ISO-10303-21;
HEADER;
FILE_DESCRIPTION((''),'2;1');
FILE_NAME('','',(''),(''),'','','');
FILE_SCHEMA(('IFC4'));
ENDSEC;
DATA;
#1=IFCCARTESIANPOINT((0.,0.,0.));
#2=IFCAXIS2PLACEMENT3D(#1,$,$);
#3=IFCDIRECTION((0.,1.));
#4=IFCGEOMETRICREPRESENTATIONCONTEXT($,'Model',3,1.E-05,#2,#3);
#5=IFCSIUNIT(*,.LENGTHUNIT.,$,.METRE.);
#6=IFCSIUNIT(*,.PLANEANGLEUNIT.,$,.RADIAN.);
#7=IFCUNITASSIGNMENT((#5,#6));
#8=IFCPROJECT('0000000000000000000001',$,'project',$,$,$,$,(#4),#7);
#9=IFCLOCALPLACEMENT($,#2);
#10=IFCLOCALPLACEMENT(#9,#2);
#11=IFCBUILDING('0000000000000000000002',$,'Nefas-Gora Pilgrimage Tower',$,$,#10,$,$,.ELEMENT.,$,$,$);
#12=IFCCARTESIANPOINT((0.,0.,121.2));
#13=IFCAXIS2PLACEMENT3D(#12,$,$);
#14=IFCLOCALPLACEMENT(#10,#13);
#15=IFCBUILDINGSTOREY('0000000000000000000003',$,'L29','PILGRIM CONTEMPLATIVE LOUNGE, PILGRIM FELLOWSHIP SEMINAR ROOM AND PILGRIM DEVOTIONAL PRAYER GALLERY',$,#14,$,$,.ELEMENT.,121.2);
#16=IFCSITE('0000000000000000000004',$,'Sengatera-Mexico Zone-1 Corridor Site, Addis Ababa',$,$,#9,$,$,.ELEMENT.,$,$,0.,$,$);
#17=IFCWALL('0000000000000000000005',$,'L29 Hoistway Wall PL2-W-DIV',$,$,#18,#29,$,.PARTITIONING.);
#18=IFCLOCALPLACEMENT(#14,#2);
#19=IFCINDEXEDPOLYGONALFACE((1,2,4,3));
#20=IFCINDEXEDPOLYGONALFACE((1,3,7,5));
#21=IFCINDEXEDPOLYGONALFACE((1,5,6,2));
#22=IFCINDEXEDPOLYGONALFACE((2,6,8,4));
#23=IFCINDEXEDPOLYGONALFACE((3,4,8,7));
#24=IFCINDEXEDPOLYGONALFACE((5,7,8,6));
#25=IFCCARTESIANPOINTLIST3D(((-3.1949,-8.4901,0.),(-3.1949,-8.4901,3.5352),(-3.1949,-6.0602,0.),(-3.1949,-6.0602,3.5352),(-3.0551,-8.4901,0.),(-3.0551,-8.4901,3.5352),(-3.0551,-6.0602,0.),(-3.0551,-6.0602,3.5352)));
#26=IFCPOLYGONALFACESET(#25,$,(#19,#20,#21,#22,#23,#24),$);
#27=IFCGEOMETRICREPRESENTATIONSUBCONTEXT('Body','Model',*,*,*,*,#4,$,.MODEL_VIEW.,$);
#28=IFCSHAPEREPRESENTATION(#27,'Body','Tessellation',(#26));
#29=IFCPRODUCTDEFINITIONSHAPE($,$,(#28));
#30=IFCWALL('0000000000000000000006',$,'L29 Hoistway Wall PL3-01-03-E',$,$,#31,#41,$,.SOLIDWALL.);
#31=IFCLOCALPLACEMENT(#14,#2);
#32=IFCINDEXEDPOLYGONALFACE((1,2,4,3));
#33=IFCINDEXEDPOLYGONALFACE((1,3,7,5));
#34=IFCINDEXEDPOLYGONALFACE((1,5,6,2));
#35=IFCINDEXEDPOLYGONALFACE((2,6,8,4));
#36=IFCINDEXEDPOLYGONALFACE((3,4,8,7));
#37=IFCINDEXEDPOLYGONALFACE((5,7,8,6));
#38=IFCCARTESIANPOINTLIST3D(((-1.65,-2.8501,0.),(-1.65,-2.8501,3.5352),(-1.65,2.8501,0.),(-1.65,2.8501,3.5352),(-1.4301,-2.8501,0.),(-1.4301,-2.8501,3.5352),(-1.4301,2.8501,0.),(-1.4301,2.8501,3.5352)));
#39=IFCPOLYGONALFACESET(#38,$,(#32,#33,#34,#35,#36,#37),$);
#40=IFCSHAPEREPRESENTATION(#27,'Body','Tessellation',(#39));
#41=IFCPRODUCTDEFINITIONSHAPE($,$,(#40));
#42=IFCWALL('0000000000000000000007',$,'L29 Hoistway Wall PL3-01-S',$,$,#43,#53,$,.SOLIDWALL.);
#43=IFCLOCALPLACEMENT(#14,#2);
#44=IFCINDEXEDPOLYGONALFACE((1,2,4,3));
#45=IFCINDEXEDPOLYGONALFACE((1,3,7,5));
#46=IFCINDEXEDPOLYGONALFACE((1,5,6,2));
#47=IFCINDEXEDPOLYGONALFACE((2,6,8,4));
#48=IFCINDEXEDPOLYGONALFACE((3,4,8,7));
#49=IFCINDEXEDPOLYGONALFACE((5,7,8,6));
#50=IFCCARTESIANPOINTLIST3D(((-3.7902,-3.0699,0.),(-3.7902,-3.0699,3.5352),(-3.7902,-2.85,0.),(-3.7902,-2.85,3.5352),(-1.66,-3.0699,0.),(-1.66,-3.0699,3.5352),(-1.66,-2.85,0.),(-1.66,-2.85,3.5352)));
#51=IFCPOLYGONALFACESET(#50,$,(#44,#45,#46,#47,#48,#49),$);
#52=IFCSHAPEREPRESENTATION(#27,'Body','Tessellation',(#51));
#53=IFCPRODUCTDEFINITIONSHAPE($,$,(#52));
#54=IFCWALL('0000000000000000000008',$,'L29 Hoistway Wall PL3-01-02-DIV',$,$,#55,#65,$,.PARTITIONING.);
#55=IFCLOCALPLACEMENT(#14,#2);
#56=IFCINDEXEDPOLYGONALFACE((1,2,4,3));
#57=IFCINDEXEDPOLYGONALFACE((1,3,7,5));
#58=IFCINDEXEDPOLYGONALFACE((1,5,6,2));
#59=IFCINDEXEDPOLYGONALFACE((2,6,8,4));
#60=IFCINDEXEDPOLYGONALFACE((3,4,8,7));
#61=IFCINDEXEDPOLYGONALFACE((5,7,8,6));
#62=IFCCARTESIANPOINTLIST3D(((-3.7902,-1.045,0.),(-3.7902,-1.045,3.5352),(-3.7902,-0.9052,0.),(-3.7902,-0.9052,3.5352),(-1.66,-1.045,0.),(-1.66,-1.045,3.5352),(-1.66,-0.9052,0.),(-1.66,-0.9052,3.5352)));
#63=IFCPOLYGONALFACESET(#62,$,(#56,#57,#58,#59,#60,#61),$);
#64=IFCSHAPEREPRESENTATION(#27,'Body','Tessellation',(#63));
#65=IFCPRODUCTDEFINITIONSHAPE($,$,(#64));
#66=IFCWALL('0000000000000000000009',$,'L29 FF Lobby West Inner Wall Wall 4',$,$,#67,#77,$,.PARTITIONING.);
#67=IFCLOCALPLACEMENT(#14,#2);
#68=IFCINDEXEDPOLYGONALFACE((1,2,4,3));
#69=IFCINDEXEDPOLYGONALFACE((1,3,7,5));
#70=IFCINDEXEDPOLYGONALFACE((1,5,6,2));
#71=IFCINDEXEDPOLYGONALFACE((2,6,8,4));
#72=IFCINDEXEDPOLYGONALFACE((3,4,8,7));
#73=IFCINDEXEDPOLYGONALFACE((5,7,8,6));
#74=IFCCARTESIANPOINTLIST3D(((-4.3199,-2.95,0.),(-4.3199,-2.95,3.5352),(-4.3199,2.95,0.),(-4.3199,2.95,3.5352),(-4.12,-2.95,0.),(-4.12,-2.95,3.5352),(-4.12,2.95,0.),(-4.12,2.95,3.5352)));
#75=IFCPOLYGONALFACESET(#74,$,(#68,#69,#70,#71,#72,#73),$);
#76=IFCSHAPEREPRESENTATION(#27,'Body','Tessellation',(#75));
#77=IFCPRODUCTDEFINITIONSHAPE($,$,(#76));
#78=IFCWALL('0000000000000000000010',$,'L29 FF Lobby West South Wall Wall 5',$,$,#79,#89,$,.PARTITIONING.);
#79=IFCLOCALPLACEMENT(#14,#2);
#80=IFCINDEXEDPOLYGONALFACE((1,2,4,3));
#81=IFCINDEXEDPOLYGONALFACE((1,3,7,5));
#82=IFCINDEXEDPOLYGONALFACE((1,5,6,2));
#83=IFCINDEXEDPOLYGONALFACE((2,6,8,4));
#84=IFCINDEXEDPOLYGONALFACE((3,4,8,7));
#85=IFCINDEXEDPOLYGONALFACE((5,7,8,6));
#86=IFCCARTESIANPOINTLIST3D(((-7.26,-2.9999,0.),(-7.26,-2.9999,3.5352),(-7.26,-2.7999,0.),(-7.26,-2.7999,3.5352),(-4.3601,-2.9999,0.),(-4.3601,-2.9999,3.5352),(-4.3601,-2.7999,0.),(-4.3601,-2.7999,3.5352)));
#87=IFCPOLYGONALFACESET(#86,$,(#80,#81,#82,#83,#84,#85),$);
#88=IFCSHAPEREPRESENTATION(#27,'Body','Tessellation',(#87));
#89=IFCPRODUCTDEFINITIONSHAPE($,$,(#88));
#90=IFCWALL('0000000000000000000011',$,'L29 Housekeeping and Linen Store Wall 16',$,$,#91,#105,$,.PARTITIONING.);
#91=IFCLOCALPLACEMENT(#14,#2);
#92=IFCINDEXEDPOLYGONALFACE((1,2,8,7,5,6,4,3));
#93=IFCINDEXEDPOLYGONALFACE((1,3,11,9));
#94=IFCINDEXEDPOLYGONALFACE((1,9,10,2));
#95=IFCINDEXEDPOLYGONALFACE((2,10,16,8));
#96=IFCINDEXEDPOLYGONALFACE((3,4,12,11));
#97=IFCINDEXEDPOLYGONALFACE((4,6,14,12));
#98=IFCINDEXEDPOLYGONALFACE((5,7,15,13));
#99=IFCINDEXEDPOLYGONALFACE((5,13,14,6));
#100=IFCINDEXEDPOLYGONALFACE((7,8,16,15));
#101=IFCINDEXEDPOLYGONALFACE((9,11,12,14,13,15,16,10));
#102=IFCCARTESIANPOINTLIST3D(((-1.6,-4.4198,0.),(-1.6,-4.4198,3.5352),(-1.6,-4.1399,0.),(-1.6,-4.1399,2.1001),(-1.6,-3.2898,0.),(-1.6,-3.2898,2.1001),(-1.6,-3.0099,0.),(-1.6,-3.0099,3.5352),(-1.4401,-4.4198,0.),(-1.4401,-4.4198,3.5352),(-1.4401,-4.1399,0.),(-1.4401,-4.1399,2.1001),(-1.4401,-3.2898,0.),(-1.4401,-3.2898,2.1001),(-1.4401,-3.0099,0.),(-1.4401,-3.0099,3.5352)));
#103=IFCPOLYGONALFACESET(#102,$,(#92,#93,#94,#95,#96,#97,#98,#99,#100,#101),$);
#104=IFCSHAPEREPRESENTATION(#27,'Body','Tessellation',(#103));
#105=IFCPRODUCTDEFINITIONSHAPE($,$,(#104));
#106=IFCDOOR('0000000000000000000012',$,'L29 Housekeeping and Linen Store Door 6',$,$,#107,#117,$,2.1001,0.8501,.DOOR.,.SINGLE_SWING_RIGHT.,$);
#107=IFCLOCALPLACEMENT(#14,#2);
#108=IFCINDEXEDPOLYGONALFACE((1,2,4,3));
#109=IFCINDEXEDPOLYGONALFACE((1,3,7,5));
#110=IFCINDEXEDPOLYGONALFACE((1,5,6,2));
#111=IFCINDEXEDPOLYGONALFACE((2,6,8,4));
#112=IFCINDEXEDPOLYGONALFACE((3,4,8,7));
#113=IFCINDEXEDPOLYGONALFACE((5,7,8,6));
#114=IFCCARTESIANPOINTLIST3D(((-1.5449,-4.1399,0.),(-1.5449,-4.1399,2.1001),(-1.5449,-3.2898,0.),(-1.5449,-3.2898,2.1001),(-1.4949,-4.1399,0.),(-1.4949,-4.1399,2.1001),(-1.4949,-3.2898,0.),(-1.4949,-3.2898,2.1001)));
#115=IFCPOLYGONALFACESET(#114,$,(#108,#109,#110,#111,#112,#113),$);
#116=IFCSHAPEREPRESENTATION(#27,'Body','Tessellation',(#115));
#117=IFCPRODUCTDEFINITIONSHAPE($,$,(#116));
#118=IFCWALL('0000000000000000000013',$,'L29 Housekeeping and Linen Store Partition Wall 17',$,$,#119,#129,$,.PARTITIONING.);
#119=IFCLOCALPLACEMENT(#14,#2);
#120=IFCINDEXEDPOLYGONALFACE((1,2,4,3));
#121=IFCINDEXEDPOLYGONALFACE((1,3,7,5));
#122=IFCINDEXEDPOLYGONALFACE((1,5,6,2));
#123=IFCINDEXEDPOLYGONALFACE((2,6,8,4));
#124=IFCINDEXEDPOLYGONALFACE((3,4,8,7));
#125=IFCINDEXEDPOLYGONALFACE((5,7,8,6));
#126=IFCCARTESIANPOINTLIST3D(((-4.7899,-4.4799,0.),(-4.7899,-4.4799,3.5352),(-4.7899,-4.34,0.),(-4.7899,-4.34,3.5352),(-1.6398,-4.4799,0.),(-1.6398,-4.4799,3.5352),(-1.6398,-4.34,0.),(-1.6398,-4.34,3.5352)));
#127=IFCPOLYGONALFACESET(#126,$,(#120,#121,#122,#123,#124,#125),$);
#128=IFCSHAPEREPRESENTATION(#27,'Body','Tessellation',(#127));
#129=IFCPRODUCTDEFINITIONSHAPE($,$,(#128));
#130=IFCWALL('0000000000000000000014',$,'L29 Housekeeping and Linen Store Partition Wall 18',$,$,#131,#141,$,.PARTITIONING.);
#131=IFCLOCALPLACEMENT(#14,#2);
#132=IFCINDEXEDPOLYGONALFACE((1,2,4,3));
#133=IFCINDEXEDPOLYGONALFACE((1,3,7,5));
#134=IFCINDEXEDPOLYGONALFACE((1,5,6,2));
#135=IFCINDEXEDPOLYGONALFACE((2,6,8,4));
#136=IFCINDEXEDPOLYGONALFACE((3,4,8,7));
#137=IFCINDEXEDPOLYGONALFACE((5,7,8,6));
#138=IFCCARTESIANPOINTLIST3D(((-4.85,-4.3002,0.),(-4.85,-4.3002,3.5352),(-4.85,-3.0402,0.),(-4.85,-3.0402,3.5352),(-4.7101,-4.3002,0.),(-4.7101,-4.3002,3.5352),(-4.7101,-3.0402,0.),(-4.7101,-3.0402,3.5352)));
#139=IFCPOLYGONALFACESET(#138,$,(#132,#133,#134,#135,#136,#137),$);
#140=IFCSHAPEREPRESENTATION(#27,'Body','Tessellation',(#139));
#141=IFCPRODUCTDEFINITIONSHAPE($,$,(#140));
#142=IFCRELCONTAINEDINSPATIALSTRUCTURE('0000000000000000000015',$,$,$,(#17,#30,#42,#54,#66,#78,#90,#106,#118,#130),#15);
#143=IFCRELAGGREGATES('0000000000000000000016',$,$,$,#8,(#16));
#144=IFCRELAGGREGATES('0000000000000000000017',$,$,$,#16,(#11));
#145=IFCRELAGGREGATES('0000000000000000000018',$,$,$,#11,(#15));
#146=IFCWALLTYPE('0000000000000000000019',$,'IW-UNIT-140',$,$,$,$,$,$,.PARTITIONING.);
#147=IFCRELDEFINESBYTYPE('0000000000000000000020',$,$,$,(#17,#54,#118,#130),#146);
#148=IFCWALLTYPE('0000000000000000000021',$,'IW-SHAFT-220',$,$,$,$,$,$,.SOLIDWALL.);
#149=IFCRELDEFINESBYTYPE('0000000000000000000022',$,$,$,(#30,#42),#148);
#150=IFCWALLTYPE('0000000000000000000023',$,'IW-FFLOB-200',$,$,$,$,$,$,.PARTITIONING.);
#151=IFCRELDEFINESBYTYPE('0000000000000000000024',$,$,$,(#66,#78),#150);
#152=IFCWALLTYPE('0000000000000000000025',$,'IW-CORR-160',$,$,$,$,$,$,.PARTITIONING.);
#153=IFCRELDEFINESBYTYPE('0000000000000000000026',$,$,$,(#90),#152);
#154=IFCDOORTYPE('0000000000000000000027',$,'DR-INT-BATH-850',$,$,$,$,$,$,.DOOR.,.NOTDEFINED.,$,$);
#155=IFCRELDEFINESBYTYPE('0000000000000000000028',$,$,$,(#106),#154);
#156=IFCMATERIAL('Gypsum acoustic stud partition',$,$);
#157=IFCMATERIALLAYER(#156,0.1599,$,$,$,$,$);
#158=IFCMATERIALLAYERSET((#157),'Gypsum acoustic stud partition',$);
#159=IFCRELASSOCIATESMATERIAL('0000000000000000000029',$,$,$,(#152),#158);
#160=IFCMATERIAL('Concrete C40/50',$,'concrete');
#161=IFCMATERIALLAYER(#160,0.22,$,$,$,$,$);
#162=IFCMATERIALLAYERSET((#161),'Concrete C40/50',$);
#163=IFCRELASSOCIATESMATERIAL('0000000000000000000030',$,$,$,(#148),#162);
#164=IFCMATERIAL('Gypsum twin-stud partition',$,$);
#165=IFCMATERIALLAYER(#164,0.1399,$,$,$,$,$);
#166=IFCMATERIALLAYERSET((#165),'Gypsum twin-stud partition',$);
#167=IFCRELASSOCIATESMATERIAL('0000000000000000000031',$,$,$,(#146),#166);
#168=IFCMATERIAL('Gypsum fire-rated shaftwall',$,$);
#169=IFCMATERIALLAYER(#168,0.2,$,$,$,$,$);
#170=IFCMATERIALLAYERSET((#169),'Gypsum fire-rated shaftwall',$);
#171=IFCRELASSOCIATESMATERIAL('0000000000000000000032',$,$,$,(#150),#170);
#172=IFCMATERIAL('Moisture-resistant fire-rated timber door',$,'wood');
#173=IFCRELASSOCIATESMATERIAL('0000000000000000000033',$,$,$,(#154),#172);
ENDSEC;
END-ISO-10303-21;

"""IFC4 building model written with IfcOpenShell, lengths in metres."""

from ifc_helpers import new_model, si_unit, direction, frame, frame_2d, origin, place, context, subcontext, project, spatial, rectangle, extrude, source, transform, mapped, material, layer, layer_set, type_object, element, fill, save


model = new_model("IFC4")

# Units and contexts
model_context = context("Model", 3, precision=1e-05, world=origin(), true_north=direction((0.0, 1.0)))
body_context = subcontext(model_context, "Body", "Model", "MODEL_VIEW")
ifc_project = project(units=[si_unit("LENGTHUNIT", "METRE"), si_unit("PLANEANGLEUNIT", "RADIAN")], contexts=[model_context])

# Site, building, storey
site_placement = place(None, origin())
site = spatial("IfcSite", under=ifc_project, at=site_placement, Name="Sengatera-Mexico Zone-1 Corridor Site, Addis Ababa", CompositionType="ELEMENT", RefElevation=0.0)
building_placement = place(site_placement, origin())
building = spatial("IfcBuilding", under=site, at=building_placement, Name="Nefas-Gora Pilgrimage Tower", CompositionType="ELEMENT")
storey_placement = place(building_placement, frame((0.0, 0.0, 121.2)))
storey = spatial("IfcBuildingStorey", under=building, at=storey_placement, Name="L29", Description="PILGRIM CONTEMPLATIVE LOUNGE, PILGRIM FELLOWSHIP SEMINAR ROOM AND PILGRIM DEVOTIONAL PRAYER GALLERY", CompositionType="ELEMENT", Elevation=121.2)

# Walls
ifc_material_1 = material(Name="Gypsum acoustic stud partition")
ifc_layer_1 = layer(ifc_material_1, 0.1599)
ifc_layer_set_1 = layer_set([ifc_layer_1], Name="Gypsum acoustic stud partition")
wall_type_1 = type_object("IfcWallType", Name="IW-CORR-160", PredefinedType="PARTITIONING", material=ifc_layer_set_1)
ifc_material_2 = material(Name="Concrete C40/50", Category="concrete")
ifc_layer_2 = layer(ifc_material_2, 0.22)
ifc_layer_set_2 = layer_set([ifc_layer_2], Name="Concrete C40/50")
wall_type_2 = type_object("IfcWallType", Name="IW-SHAFT-220", PredefinedType="SOLIDWALL", material=ifc_layer_set_2)
ifc_material_3 = material(Name="Gypsum twin-stud partition")
ifc_layer_3 = layer(ifc_material_3, 0.1399)
ifc_layer_set_3 = layer_set([ifc_layer_3], Name="Gypsum twin-stud partition")
wall_type_3 = type_object("IfcWallType", Name="IW-UNIT-140", PredefinedType="PARTITIONING", material=ifc_layer_set_3)
shared_shape_1 = source(origin(), body_context, "Body", "SweptSolid", [
    extrude(rectangle(XDim=2.4299, YDim=0.1399, at=frame_2d((1.2148, 0.0))), origin(), (0.0, 0.0, 1.0), 3.5352),
])
wall_1_placement = place(storey_placement, frame((-3.125, -8.49, 0.0), z_axis=(0.0, 0.0, 1.0), x_axis=(0.0, 1.0, 0.0)))
element("IfcWall", 1, at=wall_1_placement, inside=storey, type_object=wall_type_3, Name="L29 Hoistway Wall PL2-W-DIV", PredefinedType="PARTITIONING", context=body_context, shape_type="MappedRepresentation", body=[
    mapped(shared_shape_1, transform((0.0, 0.0, 0.0), x_axis=(1.0, 0.0, 0.0), y_axis=(0.0, 1.0, 0.0), z_axis=(0.0, 0.0, 1.0), scale=1.0)),
])
shared_shape_2 = source(origin(), body_context, "Body", "SweptSolid", [
    extrude(rectangle(XDim=5.7002, YDim=0.22, at=frame_2d((2.8501, 0.0))), origin(), (0.0, 0.0, 1.0), 3.5352),
])
wall_2_placement = place(storey_placement, frame((-1.54, -2.8501, 0.0), z_axis=(0.0, 0.0, 1.0), x_axis=(0.0, 1.0, 0.0)))
element("IfcWall", 2, at=wall_2_placement, inside=storey, type_object=wall_type_2, Name="L29 Hoistway Wall PL3-01-03-E", PredefinedType="SOLIDWALL", context=body_context, shape_type="MappedRepresentation", body=[
    mapped(shared_shape_2, transform((0.0, 0.0, 0.0), x_axis=(1.0, 0.0, 0.0), y_axis=(0.0, 1.0, 0.0), z_axis=(0.0, 0.0, 1.0), scale=1.0)),
])
shared_shape_3 = source(origin(), body_context, "Body", "SweptSolid", [
    extrude(rectangle(XDim=2.1301, YDim=0.22, at=frame_2d((1.0649, 0.0))), origin(), (0.0, 0.0, 1.0), 3.5352),
])
wall_3_placement = place(storey_placement, frame((-3.79, -2.96, 0.0), z_axis=(0.0, 0.0, 1.0), x_axis=(1.0, 0.0, 0.0)))
element("IfcWall", 3, at=wall_3_placement, inside=storey, type_object=wall_type_2, Name="L29 Hoistway Wall PL3-01-S", PredefinedType="SOLIDWALL", context=body_context, shape_type="MappedRepresentation", body=[
    mapped(shared_shape_3, transform((0.0, 0.0, 0.0), x_axis=(1.0, 0.0, 0.0), y_axis=(0.0, 1.0, 0.0), z_axis=(0.0, 0.0, 1.0), scale=1.0)),
])
shared_shape_4 = source(origin(), body_context, "Body", "SweptSolid", [
    extrude(rectangle(XDim=2.1301, YDim=0.1399, at=frame_2d((1.0649, 0.0))), origin(), (0.0, 0.0, 1.0), 3.5352),
])
wall_4_placement = place(storey_placement, frame((-3.79, -0.9751, 0.0), z_axis=(0.0, 0.0, 1.0), x_axis=(1.0, 0.0, 0.0)))
element("IfcWall", 4, at=wall_4_placement, inside=storey, type_object=wall_type_3, Name="L29 Hoistway Wall PL3-01-02-DIV", PredefinedType="PARTITIONING", context=body_context, shape_type="MappedRepresentation", body=[
    mapped(shared_shape_4, transform((0.0, 0.0, 0.0), x_axis=(1.0, 0.0, 0.0), y_axis=(0.0, 1.0, 0.0), z_axis=(0.0, 0.0, 1.0), scale=1.0)),
])
ifc_material_4 = material(Name="Gypsum fire-rated shaftwall")
ifc_layer_4 = layer(ifc_material_4, 0.2)
ifc_layer_set_4 = layer_set([ifc_layer_4], Name="Gypsum fire-rated shaftwall")
wall_type_4 = type_object("IfcWallType", Name="IW-FFLOB-200", PredefinedType="PARTITIONING", material=ifc_layer_set_4)
shared_shape_5 = source(origin(), body_context, "Body", "SweptSolid", [
    extrude(rectangle(XDim=5.8999, YDim=0.2, at=frame_2d((2.95, 0.0))), origin(), (0.0, 0.0, 1.0), 3.5352),
])
wall_5_placement = place(storey_placement, frame((-4.22, -2.95, 0.0), z_axis=(0.0, 0.0, 1.0), x_axis=(0.0, 1.0, 0.0)))
element("IfcWall", 5, at=wall_5_placement, inside=storey, type_object=wall_type_4, Name="L29 FF Lobby West Inner Wall Wall 4", PredefinedType="PARTITIONING", context=body_context, shape_type="MappedRepresentation", body=[
    mapped(shared_shape_5, transform((0.0, 0.0, 0.0), x_axis=(1.0, 0.0, 0.0), y_axis=(0.0, 1.0, 0.0), z_axis=(0.0, 0.0, 1.0), scale=1.0)),
])
shared_shape_6 = source(origin(), body_context, "Body", "SweptSolid", [
    extrude(rectangle(XDim=2.8999, YDim=0.2, at=frame_2d((1.45, 0.0))), origin(), (0.0, 0.0, 1.0), 3.5352),
])
wall_6_placement = place(storey_placement, frame((-7.26, -2.8999, 0.0), z_axis=(0.0, 0.0, 1.0), x_axis=(1.0, 0.0, 0.0)))
element("IfcWall", 6, at=wall_6_placement, inside=storey, type_object=wall_type_4, Name="L29 FF Lobby West South Wall Wall 5", PredefinedType="PARTITIONING", context=body_context, shape_type="MappedRepresentation", body=[
    mapped(shared_shape_6, transform((0.0, 0.0, 0.0), x_axis=(1.0, 0.0, 0.0), y_axis=(0.0, 1.0, 0.0), z_axis=(0.0, 0.0, 1.0), scale=1.0)),
])

# Wall, opening, door
shared_shape_7 = source(origin(), body_context, "Body", "SweptSolid", [
    extrude(rectangle(XDim=1.4099, YDim=0.1599, at=frame_2d((0.7051, 0.0))), origin(), (0.0, 0.0, 1.0), 3.5352),
])
wall_7_placement = place(storey_placement, frame((-1.52, -4.4199, 0.0), z_axis=(0.0, 0.0, 1.0), x_axis=(0.0, 1.0, 0.0)))
wall_7 = element("IfcWall", 7, at=wall_7_placement, inside=storey, type_object=wall_type_1, Name="L29 Housekeeping and Linen Store Wall 16", PredefinedType="PARTITIONING", context=body_context, shape_type="MappedRepresentation", body=[
    mapped(shared_shape_7, transform((0.0, 0.0, 0.0), x_axis=(1.0, 0.0, 0.0), y_axis=(0.0, 1.0, 0.0), z_axis=(0.0, 0.0, 1.0), scale=1.0)),
])
opening_1_placement = place(wall_7_placement, frame((0.28, 0.0, 0.0)))
opening_1 = element("IfcOpeningElement", 8, at=opening_1_placement, cuts=wall_7, PredefinedType="OPENING", context=body_context, shape_type="SweptSolid", body=[
    extrude(rectangle(XDim=0.8501, YDim=2.1001, at=frame_2d((0.425, 1.05))), frame((0.0, 0.0898, 0.0), z_axis=(0.0, -1.0, 0.0), x_axis=(1.0, 0.0, 0.0)), (0.0, 0.0, 1.0), 0.1799),
])
ifc_material_5 = material(Name="Moisture-resistant fire-rated timber door", Category="wood")
door_type_1 = type_object("IfcDoorType", Name="DR-INT-BATH-850", OperationType="NOTDEFINED", PredefinedType="DOOR", material=ifc_material_5)
shared_shape_8 = source(origin(), body_context, "Body", "SweptSolid", [
    extrude(rectangle(XDim=0.8501, YDim=2.1001, at=frame_2d((0.425, 1.05))), frame((0.0, 0.0249, 0.0), z_axis=(0.0, -1.0, 0.0), x_axis=(1.0, 0.0, 0.0)), (0.0, 0.0, 1.0), 0.05),
])
door_1_placement = place(opening_1_placement, origin())
door_1 = element("IfcDoor", 9, at=door_1_placement, inside=storey, type_object=door_type_1, Name="L29 Housekeeping and Linen Store Door 6", OperationType="SINGLE_SWING_RIGHT", OverallHeight=2.1001, OverallWidth=0.8501, PredefinedType="DOOR", context=body_context, shape_type="MappedRepresentation", body=[
    mapped(shared_shape_8, transform((0.0, 0.0, 0.0), x_axis=(1.0, 0.0, 0.0), y_axis=(0.0, 1.0, 0.0), z_axis=(0.0, 0.0, 1.0), scale=1.0)),
])
fill(opening_1, door_1)

# Walls
shared_shape_9 = source(origin(), body_context, "Body", "SweptSolid", [
    extrude(rectangle(XDim=3.1501, YDim=0.1399, at=frame_2d((1.5752, 0.0))), origin(), (0.0, 0.0, 1.0), 3.5352),
])
wall_8_placement = place(storey_placement, frame((-4.79, -4.4099, 0.0), z_axis=(0.0, 0.0, 1.0), x_axis=(1.0, 0.0, 0.0)))
element("IfcWall", 10, at=wall_8_placement, inside=storey, type_object=wall_type_3, Name="L29 Housekeeping and Linen Store Partition Wall 17", PredefinedType="PARTITIONING", context=body_context, shape_type="MappedRepresentation", body=[
    mapped(shared_shape_9, transform((0.0, 0.0, 0.0), x_axis=(1.0, 0.0, 0.0), y_axis=(0.0, 1.0, 0.0), z_axis=(0.0, 0.0, 1.0), scale=1.0)),
])
shared_shape_10 = source(origin(), body_context, "Body", "SweptSolid", [
    extrude(rectangle(XDim=1.26, YDim=0.1399, at=frame_2d((0.6299, 0.0))), origin(), (0.0, 0.0, 1.0), 3.5352),
])
wall_9_placement = place(storey_placement, frame((-4.78, -4.3, 0.0), z_axis=(0.0, 0.0, 1.0), x_axis=(0.0, 1.0, 0.0)))
element("IfcWall", 11, at=wall_9_placement, inside=storey, type_object=wall_type_3, Name="L29 Housekeeping and Linen Store Partition Wall 18", PredefinedType="PARTITIONING", context=body_context, shape_type="MappedRepresentation", body=[
    mapped(shared_shape_10, transform((0.0, 0.0, 0.0), x_axis=(1.0, 0.0, 0.0), y_axis=(0.0, 1.0, 0.0), z_axis=(0.0, 0.0, 1.0), scale=1.0)),
])

save(model, "model.ifc")
